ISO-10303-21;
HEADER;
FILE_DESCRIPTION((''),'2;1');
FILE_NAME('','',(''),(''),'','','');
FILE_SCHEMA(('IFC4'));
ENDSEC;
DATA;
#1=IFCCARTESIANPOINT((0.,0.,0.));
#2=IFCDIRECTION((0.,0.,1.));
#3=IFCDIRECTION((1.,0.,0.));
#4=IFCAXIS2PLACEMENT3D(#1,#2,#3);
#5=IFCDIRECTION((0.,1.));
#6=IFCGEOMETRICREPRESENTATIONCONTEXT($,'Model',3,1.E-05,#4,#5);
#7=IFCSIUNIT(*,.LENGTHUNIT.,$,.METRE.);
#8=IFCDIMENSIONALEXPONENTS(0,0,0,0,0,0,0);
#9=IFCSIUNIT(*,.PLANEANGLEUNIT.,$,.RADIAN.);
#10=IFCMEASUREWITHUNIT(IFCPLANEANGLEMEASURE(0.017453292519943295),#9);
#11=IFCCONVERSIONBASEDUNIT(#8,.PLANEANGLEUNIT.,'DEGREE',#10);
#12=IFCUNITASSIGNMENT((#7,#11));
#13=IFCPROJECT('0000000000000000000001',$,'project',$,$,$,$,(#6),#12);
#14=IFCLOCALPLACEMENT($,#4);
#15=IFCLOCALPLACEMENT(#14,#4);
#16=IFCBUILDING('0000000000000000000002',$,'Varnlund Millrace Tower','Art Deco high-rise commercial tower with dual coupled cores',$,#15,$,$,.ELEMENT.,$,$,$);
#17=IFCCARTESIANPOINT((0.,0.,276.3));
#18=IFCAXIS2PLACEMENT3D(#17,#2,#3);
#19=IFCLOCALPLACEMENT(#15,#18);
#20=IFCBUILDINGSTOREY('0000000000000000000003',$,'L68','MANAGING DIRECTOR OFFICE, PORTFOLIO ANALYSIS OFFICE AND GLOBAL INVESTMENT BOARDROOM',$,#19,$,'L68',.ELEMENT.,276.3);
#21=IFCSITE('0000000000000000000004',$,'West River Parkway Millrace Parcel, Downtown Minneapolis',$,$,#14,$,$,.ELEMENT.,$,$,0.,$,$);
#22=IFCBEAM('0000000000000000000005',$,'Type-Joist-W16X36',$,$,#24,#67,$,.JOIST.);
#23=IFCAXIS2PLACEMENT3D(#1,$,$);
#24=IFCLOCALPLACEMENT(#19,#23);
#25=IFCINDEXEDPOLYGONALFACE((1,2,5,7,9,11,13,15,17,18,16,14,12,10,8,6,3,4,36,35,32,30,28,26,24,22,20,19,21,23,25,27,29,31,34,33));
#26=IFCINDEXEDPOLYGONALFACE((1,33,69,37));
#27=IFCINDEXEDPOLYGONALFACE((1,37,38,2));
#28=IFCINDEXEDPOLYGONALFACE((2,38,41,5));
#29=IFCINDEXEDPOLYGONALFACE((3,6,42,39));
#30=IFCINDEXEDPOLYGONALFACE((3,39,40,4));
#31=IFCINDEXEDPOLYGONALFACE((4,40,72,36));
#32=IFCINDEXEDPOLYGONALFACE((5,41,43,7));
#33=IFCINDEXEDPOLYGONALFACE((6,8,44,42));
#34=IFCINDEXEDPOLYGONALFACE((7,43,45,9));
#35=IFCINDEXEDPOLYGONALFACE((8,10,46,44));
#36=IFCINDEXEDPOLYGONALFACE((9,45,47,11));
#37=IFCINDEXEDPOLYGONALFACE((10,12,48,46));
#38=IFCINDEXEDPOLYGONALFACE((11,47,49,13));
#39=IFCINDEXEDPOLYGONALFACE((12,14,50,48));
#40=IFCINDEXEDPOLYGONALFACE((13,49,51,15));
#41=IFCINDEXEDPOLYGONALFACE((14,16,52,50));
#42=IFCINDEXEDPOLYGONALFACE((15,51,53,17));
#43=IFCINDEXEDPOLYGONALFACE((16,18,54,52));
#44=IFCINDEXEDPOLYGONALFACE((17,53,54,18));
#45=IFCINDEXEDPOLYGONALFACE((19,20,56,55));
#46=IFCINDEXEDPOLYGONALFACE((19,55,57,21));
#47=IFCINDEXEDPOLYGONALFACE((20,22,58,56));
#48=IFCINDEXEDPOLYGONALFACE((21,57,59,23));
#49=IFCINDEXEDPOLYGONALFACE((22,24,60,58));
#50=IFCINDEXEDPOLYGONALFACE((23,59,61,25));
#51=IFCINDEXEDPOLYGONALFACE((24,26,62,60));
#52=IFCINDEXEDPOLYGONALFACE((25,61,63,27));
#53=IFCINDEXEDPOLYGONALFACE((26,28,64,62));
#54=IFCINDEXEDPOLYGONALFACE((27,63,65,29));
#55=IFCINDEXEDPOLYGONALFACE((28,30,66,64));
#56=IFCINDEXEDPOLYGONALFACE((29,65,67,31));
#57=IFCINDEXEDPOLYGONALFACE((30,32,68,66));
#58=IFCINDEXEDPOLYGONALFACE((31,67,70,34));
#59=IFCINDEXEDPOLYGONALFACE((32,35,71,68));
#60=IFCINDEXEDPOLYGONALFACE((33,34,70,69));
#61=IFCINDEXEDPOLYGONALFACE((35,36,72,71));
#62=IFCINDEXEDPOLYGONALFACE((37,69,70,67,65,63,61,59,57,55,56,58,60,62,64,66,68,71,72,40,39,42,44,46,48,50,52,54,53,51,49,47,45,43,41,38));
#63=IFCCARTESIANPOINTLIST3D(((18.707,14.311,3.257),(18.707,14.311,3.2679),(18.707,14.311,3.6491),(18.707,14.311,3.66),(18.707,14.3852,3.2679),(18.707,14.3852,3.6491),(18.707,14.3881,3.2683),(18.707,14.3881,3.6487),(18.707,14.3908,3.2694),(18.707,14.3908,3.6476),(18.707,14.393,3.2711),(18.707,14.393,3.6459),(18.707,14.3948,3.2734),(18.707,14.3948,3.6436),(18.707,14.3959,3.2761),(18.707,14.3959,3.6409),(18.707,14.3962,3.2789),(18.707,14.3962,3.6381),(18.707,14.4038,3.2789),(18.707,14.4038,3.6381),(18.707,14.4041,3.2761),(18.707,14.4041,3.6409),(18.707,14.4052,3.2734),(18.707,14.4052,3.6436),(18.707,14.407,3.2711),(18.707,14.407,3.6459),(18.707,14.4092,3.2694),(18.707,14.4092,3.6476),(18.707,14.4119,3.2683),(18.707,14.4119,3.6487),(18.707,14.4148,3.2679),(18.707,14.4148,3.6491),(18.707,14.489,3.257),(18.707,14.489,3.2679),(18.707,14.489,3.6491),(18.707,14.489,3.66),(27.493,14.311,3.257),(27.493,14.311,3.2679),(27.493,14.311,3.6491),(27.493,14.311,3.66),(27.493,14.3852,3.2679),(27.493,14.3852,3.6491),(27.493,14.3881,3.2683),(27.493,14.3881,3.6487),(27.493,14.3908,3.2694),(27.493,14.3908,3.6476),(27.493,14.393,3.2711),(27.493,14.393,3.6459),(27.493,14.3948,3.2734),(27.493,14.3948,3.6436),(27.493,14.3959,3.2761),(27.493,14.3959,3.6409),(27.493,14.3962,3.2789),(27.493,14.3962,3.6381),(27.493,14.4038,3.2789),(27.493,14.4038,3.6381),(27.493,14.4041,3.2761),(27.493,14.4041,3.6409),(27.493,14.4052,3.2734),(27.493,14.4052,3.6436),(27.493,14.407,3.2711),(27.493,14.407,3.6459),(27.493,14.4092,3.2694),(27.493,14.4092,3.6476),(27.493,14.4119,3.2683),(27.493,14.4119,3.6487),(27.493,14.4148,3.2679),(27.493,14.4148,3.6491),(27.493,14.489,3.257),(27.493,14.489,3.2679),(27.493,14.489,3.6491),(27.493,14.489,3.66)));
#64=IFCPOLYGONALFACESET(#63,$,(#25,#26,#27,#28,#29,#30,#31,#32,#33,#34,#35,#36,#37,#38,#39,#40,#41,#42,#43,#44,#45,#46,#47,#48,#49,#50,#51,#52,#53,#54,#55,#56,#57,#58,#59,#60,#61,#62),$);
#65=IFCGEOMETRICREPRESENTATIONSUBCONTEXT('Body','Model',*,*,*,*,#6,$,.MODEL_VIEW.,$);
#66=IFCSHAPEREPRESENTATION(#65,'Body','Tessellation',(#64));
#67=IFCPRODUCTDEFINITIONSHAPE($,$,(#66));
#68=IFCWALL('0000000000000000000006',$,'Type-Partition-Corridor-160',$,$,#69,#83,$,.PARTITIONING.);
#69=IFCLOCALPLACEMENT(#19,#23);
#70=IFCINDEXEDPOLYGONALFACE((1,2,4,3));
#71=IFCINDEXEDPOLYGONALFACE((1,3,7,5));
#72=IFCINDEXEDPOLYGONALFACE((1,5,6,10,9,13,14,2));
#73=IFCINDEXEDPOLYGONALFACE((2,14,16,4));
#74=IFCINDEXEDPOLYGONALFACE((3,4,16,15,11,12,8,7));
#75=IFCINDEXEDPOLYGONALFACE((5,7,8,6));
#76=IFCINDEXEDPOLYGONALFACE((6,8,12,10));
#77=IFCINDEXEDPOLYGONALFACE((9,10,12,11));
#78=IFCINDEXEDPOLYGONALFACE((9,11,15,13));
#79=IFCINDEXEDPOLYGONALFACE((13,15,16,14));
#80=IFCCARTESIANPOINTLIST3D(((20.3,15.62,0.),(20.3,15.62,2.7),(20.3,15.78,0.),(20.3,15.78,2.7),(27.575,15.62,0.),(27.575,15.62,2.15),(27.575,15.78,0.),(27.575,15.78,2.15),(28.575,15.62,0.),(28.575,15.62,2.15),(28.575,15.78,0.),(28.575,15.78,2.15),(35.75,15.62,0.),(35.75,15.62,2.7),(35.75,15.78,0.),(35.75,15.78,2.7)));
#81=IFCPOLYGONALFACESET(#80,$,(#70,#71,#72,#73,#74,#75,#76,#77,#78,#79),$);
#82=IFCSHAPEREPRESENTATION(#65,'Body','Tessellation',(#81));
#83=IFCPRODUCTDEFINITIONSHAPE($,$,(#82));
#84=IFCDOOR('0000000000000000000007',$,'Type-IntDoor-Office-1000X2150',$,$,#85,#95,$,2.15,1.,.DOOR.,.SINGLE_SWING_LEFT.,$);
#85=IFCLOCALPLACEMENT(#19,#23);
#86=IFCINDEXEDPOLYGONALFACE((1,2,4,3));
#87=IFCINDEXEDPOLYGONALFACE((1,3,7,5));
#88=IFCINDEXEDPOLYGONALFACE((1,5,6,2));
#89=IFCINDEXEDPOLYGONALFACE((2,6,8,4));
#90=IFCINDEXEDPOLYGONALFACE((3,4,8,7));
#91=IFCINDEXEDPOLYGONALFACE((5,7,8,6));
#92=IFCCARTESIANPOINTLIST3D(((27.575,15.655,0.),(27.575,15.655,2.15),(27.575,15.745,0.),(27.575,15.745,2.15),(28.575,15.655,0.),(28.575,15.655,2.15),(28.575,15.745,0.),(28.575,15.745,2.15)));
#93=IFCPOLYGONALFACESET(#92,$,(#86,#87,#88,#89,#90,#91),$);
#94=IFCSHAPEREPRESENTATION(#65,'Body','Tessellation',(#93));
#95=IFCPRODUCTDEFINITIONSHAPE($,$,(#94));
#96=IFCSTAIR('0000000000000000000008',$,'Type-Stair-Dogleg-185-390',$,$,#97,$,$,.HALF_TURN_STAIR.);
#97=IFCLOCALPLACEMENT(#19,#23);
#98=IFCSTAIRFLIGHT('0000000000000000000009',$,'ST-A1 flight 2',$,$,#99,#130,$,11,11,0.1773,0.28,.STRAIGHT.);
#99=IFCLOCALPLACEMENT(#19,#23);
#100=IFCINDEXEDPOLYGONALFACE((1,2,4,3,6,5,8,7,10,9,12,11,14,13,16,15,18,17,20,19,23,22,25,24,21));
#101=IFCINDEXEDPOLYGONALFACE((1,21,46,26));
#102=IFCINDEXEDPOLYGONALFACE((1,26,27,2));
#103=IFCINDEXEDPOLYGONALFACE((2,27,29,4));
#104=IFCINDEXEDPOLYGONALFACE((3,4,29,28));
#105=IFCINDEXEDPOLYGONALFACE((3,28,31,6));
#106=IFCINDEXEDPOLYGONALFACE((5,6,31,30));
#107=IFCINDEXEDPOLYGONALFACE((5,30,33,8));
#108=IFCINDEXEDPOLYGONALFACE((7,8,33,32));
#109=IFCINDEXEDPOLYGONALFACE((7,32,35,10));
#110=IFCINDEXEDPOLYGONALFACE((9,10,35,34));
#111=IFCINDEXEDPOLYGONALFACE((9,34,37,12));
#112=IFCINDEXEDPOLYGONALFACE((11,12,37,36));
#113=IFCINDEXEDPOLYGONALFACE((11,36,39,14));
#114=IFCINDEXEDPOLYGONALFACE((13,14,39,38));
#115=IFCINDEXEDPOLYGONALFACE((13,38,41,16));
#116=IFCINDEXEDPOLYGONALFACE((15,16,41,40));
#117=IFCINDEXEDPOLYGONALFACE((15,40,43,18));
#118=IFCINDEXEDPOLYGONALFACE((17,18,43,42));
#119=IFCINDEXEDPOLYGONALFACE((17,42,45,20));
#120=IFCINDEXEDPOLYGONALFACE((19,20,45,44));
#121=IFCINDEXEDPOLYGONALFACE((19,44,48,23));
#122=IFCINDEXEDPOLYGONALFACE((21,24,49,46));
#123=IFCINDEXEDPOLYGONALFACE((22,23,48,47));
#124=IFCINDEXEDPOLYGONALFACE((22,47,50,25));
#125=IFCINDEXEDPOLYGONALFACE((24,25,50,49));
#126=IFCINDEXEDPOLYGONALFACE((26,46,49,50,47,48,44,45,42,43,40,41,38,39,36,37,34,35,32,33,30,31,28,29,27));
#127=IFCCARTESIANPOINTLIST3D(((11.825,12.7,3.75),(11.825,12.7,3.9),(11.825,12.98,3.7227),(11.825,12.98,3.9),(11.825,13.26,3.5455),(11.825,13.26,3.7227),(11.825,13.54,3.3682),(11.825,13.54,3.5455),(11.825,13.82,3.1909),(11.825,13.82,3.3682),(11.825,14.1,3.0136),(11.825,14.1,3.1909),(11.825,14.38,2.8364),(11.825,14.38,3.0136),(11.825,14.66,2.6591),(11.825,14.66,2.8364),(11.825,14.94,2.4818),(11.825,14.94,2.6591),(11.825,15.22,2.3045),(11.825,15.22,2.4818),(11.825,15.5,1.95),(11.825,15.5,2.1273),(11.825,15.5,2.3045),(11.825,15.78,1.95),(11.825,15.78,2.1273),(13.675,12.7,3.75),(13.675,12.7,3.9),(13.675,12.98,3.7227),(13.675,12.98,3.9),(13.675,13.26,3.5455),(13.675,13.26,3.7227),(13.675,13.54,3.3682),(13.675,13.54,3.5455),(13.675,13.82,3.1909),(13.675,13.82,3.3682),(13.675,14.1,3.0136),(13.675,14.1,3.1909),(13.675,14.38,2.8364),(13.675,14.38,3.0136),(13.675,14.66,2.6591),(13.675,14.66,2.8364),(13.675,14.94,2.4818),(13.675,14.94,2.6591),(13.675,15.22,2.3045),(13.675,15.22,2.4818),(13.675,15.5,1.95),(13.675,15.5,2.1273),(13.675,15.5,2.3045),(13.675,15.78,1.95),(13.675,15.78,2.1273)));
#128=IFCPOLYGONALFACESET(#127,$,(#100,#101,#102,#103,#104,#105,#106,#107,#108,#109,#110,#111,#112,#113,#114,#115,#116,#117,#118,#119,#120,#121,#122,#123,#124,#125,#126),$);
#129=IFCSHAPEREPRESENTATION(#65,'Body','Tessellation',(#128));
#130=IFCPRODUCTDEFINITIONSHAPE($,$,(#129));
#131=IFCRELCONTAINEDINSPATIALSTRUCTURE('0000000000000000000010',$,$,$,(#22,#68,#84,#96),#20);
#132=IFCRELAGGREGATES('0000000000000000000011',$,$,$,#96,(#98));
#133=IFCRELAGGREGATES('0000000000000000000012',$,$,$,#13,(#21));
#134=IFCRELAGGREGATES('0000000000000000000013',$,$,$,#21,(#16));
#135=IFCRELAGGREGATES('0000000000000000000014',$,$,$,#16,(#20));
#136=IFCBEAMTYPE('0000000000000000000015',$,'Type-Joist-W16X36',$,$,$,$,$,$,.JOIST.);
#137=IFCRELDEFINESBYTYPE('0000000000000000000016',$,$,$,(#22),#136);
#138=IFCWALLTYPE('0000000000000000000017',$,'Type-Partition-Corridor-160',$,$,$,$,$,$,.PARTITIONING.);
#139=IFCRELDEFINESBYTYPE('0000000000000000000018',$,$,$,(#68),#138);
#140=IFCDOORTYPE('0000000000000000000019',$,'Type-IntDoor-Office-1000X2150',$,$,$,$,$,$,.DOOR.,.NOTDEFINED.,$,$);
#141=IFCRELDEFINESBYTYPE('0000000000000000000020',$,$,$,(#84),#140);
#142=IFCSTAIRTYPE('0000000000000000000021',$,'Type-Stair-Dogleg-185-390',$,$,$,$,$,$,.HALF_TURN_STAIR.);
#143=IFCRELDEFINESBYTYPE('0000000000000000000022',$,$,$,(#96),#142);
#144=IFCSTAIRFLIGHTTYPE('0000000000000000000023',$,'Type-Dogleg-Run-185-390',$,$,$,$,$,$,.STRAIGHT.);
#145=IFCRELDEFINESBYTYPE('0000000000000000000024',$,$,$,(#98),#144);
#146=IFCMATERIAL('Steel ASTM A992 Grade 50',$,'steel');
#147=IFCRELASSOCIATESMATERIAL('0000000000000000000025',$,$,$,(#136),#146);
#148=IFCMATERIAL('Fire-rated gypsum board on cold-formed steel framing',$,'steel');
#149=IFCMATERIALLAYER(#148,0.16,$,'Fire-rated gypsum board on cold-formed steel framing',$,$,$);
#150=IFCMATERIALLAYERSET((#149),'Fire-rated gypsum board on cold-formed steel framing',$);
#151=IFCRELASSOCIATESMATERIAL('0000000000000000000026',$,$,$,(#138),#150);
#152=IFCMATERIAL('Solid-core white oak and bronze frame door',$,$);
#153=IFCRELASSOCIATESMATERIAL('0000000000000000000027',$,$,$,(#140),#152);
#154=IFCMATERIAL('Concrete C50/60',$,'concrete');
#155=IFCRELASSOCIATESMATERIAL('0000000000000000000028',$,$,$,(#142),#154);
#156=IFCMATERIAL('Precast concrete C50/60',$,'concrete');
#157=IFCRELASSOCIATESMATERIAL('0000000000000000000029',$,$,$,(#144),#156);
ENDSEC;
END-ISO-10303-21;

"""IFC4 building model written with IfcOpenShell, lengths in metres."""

from ifc_helpers import new_model, entity, si_unit, converted_unit, direction, frame, origin_with_axes, origin_2d_with_axis, place, context, subcontext, project, spatial, polyline, rectangle, i_section, outline, extrude, material, layer, layer_set, material_profile, profile_set, type_object, element, fill, aggregate, save


model = new_model("IFC4")

# Units and contexts
model_context = context("Model", 3, precision=1e-05, world=origin_with_axes(), true_north=direction((0.0, 1.0)))
body_context = subcontext(model_context, "Body", "Model", "MODEL_VIEW")
ifc_project = project(units=[si_unit("LENGTHUNIT", "METRE"), converted_unit("PLANEANGLEUNIT", "DEGREE", entity("IfcPlaneAngleMeasure", 0.017453292519943295), si_unit("PLANEANGLEUNIT", "RADIAN"), dimensions=[0, 0, 0, 0, 0, 0, 0])], contexts=[model_context])

# Site, building, storey
site_placement = place(None, origin_with_axes())
site = spatial("IfcSite", under=ifc_project, at=site_placement, Name="West River Parkway Millrace Parcel, Downtown Minneapolis", CompositionType="ELEMENT", RefElevation=0.0)
building_placement = place(site_placement, origin_with_axes())
building = spatial("IfcBuilding", under=site, at=building_placement, Name="Varnlund Millrace Tower", Description="Art Deco high-rise commercial tower with dual coupled cores", CompositionType="ELEMENT")
storey_placement = place(building_placement, frame((0.0, 0.0, 276.3), z_axis=(0.0, 0.0, 1.0), x_axis=(1.0, 0.0, 0.0)))
storey = spatial("IfcBuildingStorey", under=building, at=storey_placement, Name="L68", Description="MANAGING DIRECTOR OFFICE, PORTFOLIO ANALYSIS OFFICE AND GLOBAL INVESTMENT BOARDROOM", LongName="L68", CompositionType="ELEMENT", Elevation=276.3)

# Beam
ifc_material_1 = material(Name="Steel ASTM A992 Grade 50", Category="steel")
ifc_material_profile_1 = material_profile(ifc_material_1, i_section(OverallWidth=0.178, OverallDepth=0.403, WebThickness=0.0075, FlangeThickness=0.0109, FilletRadius=0.011, at=origin_2d_with_axis()), Name="Steel ASTM A992 Grade 50")
ifc_profile_set_1 = profile_set([ifc_material_profile_1], Name="Steel ASTM A992 Grade 50")
beam_type_1 = type_object("IfcBeamType", Name="Type-Joist-W16X36", PredefinedType="JOIST", material=ifc_profile_set_1)
for number, where, z_axis, x_axis, name in (
    (1, (18.707, 14.4, 3.4585), (1.0, 0.0, 0.0), (0.0, 1.0, 0.0), "Type-Joist-W16X36"),
):
    element("IfcBeam", number, at=place(storey_placement, frame(where, z_axis=z_axis, x_axis=x_axis)), inside=storey, type_object=beam_type_1, Name=name, PredefinedType="JOIST", context=body_context, shape_type="SweptSolid", body=[
        extrude(i_section(OverallWidth=0.178, OverallDepth=0.403, WebThickness=0.0075, FlangeThickness=0.0109, FilletRadius=0.011, at=origin_2d_with_axis()), origin_with_axes(), (0.0, 0.0, 1.0), 8.786),
    ])

# Shared definitions
ifc_material_2 = material(Name="Fire-rated gypsum board on cold-formed steel framing", Category="steel")
ifc_layer = layer(ifc_material_2, 0.16, Name="Fire-rated gypsum board on cold-formed steel framing")
ifc_layer_set = layer_set([ifc_layer], Name="Fire-rated gypsum board on cold-formed steel framing")
wall_type = type_object("IfcWallType", Name="Type-Partition-Corridor-160", PredefinedType="PARTITIONING", material=ifc_layer_set)
ifc_material_3 = material(Name="Solid-core white oak and bronze frame door")
door_type_1 = type_object("IfcDoorType", Name="Type-IntDoor-Office-1000X2150", OperationType="NOTDEFINED", PredefinedType="DOOR", material=ifc_material_3)

# Wall, opening, door
wall_1_placement = place(storey_placement, frame((20.3, 15.7, 0.0), z_axis=(0.0, 0.0, 1.0), x_axis=(1.0, 0.0, 0.0)))
wall_1 = element("IfcWall", 2, at=wall_1_placement, inside=storey, type_object=wall_type, Name="Type-Partition-Corridor-160", PredefinedType="PARTITIONING", context=body_context, shape_type="SweptSolid", body=[
    extrude(outline(polyline([(0.0, -0.08), (15.45, -0.08), (15.45, 0.08), (0.0, 0.08), (0.0, -0.08)])), origin_with_axes(), (0.0, 0.0, 1.0), 2.7),
])
opening_1_placement = place(wall_1_placement, frame((7.775, 0.0, 0.0), z_axis=(0.0, 0.0, 1.0), x_axis=(1.0, 0.0, 0.0)))
opening_1 = element("IfcOpeningElement", 3, at=opening_1_placement, cuts=wall_1, PredefinedType="OPENING", context=body_context, shape_type="SweptSolid", body=[
    extrude(rectangle(XDim=1.0, YDim=0.18, at=origin_2d_with_axis()), origin_with_axes(), (0.0, 0.0, 1.0), 2.15),
])
door_1_placement = place(wall_1_placement, frame((7.775, 0.0, 0.0), z_axis=(0.0, 0.0, 1.0), x_axis=(1.0, 0.0, 0.0)))
door_1 = element("IfcDoor", 4, at=door_1_placement, inside=storey, type_object=door_type_1, Name="Type-IntDoor-Office-1000X2150", OperationType="SINGLE_SWING_LEFT", OverallHeight=2.15, OverallWidth=1.0, PredefinedType="DOOR", context=body_context, shape_type="SweptSolid", body=[
    extrude(rectangle(XDim=1.0, YDim=0.09, at=origin_2d_with_axis()), origin_with_axes(), (0.0, 0.0, 1.0), 2.15),
])
fill(opening_1, door_1)

# Stair, stair flight
ifc_material_4 = material(Name="Concrete C50/60", Category="concrete")
stair_type = type_object("IfcStairType", Name="Type-Stair-Dogleg-185-390", PredefinedType="HALF_TURN_STAIR", material=ifc_material_4)
stair_placement = place(storey_placement, origin_with_axes())
stair = element("IfcStair", 5, at=stair_placement, inside=storey, type_object=stair_type, Name="Type-Stair-Dogleg-185-390", PredefinedType="HALF_TURN_STAIR")
ifc_material_5 = material(Name="Precast concrete C50/60", Category="concrete")
stair_flight_type = type_object("IfcStairFlightType", Name="Type-Dogleg-Run-185-390", PredefinedType="STRAIGHT", material=ifc_material_5)
stair_flight_placement = place(storey_placement, frame((13.675, 15.78, 1.95), z_axis=(-1.0, 0.0, 0.0), x_axis=(0.0, -1.0, 0.0)))
stair_flight = element("IfcStairFlight", 6, at=stair_flight_placement, type_object=stair_flight_type, Name="ST-A1 flight 2", NumberOfRisers=11, NumberOfTreads=11, PredefinedType="STRAIGHT", RiserHeight=0.1773, TreadLength=0.28, context=body_context, shape_type="SweptSolid", body=[
    extrude(outline(polyline([(0.0, 0.0), (0.0, 0.1773), (0.28, 0.1773), (0.28, 0.3545), (0.56, 0.3545), (0.56, 0.5318), (0.84, 0.5318), (0.84, 0.7091), (1.12, 0.7091), (1.12, 0.8864), (1.4, 0.8864), (1.4, 1.0636), (1.68, 1.0636), (1.68, 1.2409), (1.96, 1.2409), (1.96, 1.4182), (2.24, 1.4182), (2.24, 1.5955), (2.52, 1.5955), (2.52, 1.7727), (2.8, 1.7727), (2.8, 1.95), (3.08, 1.95), (3.08, 1.8), (0.28, 0.0), (0.0, 0.0)])), origin_with_axes(), (0.0, 0.0, 1.0), 1.85),
])
aggregate(stair, [stair_flight])

save(model, "model.ifc")
